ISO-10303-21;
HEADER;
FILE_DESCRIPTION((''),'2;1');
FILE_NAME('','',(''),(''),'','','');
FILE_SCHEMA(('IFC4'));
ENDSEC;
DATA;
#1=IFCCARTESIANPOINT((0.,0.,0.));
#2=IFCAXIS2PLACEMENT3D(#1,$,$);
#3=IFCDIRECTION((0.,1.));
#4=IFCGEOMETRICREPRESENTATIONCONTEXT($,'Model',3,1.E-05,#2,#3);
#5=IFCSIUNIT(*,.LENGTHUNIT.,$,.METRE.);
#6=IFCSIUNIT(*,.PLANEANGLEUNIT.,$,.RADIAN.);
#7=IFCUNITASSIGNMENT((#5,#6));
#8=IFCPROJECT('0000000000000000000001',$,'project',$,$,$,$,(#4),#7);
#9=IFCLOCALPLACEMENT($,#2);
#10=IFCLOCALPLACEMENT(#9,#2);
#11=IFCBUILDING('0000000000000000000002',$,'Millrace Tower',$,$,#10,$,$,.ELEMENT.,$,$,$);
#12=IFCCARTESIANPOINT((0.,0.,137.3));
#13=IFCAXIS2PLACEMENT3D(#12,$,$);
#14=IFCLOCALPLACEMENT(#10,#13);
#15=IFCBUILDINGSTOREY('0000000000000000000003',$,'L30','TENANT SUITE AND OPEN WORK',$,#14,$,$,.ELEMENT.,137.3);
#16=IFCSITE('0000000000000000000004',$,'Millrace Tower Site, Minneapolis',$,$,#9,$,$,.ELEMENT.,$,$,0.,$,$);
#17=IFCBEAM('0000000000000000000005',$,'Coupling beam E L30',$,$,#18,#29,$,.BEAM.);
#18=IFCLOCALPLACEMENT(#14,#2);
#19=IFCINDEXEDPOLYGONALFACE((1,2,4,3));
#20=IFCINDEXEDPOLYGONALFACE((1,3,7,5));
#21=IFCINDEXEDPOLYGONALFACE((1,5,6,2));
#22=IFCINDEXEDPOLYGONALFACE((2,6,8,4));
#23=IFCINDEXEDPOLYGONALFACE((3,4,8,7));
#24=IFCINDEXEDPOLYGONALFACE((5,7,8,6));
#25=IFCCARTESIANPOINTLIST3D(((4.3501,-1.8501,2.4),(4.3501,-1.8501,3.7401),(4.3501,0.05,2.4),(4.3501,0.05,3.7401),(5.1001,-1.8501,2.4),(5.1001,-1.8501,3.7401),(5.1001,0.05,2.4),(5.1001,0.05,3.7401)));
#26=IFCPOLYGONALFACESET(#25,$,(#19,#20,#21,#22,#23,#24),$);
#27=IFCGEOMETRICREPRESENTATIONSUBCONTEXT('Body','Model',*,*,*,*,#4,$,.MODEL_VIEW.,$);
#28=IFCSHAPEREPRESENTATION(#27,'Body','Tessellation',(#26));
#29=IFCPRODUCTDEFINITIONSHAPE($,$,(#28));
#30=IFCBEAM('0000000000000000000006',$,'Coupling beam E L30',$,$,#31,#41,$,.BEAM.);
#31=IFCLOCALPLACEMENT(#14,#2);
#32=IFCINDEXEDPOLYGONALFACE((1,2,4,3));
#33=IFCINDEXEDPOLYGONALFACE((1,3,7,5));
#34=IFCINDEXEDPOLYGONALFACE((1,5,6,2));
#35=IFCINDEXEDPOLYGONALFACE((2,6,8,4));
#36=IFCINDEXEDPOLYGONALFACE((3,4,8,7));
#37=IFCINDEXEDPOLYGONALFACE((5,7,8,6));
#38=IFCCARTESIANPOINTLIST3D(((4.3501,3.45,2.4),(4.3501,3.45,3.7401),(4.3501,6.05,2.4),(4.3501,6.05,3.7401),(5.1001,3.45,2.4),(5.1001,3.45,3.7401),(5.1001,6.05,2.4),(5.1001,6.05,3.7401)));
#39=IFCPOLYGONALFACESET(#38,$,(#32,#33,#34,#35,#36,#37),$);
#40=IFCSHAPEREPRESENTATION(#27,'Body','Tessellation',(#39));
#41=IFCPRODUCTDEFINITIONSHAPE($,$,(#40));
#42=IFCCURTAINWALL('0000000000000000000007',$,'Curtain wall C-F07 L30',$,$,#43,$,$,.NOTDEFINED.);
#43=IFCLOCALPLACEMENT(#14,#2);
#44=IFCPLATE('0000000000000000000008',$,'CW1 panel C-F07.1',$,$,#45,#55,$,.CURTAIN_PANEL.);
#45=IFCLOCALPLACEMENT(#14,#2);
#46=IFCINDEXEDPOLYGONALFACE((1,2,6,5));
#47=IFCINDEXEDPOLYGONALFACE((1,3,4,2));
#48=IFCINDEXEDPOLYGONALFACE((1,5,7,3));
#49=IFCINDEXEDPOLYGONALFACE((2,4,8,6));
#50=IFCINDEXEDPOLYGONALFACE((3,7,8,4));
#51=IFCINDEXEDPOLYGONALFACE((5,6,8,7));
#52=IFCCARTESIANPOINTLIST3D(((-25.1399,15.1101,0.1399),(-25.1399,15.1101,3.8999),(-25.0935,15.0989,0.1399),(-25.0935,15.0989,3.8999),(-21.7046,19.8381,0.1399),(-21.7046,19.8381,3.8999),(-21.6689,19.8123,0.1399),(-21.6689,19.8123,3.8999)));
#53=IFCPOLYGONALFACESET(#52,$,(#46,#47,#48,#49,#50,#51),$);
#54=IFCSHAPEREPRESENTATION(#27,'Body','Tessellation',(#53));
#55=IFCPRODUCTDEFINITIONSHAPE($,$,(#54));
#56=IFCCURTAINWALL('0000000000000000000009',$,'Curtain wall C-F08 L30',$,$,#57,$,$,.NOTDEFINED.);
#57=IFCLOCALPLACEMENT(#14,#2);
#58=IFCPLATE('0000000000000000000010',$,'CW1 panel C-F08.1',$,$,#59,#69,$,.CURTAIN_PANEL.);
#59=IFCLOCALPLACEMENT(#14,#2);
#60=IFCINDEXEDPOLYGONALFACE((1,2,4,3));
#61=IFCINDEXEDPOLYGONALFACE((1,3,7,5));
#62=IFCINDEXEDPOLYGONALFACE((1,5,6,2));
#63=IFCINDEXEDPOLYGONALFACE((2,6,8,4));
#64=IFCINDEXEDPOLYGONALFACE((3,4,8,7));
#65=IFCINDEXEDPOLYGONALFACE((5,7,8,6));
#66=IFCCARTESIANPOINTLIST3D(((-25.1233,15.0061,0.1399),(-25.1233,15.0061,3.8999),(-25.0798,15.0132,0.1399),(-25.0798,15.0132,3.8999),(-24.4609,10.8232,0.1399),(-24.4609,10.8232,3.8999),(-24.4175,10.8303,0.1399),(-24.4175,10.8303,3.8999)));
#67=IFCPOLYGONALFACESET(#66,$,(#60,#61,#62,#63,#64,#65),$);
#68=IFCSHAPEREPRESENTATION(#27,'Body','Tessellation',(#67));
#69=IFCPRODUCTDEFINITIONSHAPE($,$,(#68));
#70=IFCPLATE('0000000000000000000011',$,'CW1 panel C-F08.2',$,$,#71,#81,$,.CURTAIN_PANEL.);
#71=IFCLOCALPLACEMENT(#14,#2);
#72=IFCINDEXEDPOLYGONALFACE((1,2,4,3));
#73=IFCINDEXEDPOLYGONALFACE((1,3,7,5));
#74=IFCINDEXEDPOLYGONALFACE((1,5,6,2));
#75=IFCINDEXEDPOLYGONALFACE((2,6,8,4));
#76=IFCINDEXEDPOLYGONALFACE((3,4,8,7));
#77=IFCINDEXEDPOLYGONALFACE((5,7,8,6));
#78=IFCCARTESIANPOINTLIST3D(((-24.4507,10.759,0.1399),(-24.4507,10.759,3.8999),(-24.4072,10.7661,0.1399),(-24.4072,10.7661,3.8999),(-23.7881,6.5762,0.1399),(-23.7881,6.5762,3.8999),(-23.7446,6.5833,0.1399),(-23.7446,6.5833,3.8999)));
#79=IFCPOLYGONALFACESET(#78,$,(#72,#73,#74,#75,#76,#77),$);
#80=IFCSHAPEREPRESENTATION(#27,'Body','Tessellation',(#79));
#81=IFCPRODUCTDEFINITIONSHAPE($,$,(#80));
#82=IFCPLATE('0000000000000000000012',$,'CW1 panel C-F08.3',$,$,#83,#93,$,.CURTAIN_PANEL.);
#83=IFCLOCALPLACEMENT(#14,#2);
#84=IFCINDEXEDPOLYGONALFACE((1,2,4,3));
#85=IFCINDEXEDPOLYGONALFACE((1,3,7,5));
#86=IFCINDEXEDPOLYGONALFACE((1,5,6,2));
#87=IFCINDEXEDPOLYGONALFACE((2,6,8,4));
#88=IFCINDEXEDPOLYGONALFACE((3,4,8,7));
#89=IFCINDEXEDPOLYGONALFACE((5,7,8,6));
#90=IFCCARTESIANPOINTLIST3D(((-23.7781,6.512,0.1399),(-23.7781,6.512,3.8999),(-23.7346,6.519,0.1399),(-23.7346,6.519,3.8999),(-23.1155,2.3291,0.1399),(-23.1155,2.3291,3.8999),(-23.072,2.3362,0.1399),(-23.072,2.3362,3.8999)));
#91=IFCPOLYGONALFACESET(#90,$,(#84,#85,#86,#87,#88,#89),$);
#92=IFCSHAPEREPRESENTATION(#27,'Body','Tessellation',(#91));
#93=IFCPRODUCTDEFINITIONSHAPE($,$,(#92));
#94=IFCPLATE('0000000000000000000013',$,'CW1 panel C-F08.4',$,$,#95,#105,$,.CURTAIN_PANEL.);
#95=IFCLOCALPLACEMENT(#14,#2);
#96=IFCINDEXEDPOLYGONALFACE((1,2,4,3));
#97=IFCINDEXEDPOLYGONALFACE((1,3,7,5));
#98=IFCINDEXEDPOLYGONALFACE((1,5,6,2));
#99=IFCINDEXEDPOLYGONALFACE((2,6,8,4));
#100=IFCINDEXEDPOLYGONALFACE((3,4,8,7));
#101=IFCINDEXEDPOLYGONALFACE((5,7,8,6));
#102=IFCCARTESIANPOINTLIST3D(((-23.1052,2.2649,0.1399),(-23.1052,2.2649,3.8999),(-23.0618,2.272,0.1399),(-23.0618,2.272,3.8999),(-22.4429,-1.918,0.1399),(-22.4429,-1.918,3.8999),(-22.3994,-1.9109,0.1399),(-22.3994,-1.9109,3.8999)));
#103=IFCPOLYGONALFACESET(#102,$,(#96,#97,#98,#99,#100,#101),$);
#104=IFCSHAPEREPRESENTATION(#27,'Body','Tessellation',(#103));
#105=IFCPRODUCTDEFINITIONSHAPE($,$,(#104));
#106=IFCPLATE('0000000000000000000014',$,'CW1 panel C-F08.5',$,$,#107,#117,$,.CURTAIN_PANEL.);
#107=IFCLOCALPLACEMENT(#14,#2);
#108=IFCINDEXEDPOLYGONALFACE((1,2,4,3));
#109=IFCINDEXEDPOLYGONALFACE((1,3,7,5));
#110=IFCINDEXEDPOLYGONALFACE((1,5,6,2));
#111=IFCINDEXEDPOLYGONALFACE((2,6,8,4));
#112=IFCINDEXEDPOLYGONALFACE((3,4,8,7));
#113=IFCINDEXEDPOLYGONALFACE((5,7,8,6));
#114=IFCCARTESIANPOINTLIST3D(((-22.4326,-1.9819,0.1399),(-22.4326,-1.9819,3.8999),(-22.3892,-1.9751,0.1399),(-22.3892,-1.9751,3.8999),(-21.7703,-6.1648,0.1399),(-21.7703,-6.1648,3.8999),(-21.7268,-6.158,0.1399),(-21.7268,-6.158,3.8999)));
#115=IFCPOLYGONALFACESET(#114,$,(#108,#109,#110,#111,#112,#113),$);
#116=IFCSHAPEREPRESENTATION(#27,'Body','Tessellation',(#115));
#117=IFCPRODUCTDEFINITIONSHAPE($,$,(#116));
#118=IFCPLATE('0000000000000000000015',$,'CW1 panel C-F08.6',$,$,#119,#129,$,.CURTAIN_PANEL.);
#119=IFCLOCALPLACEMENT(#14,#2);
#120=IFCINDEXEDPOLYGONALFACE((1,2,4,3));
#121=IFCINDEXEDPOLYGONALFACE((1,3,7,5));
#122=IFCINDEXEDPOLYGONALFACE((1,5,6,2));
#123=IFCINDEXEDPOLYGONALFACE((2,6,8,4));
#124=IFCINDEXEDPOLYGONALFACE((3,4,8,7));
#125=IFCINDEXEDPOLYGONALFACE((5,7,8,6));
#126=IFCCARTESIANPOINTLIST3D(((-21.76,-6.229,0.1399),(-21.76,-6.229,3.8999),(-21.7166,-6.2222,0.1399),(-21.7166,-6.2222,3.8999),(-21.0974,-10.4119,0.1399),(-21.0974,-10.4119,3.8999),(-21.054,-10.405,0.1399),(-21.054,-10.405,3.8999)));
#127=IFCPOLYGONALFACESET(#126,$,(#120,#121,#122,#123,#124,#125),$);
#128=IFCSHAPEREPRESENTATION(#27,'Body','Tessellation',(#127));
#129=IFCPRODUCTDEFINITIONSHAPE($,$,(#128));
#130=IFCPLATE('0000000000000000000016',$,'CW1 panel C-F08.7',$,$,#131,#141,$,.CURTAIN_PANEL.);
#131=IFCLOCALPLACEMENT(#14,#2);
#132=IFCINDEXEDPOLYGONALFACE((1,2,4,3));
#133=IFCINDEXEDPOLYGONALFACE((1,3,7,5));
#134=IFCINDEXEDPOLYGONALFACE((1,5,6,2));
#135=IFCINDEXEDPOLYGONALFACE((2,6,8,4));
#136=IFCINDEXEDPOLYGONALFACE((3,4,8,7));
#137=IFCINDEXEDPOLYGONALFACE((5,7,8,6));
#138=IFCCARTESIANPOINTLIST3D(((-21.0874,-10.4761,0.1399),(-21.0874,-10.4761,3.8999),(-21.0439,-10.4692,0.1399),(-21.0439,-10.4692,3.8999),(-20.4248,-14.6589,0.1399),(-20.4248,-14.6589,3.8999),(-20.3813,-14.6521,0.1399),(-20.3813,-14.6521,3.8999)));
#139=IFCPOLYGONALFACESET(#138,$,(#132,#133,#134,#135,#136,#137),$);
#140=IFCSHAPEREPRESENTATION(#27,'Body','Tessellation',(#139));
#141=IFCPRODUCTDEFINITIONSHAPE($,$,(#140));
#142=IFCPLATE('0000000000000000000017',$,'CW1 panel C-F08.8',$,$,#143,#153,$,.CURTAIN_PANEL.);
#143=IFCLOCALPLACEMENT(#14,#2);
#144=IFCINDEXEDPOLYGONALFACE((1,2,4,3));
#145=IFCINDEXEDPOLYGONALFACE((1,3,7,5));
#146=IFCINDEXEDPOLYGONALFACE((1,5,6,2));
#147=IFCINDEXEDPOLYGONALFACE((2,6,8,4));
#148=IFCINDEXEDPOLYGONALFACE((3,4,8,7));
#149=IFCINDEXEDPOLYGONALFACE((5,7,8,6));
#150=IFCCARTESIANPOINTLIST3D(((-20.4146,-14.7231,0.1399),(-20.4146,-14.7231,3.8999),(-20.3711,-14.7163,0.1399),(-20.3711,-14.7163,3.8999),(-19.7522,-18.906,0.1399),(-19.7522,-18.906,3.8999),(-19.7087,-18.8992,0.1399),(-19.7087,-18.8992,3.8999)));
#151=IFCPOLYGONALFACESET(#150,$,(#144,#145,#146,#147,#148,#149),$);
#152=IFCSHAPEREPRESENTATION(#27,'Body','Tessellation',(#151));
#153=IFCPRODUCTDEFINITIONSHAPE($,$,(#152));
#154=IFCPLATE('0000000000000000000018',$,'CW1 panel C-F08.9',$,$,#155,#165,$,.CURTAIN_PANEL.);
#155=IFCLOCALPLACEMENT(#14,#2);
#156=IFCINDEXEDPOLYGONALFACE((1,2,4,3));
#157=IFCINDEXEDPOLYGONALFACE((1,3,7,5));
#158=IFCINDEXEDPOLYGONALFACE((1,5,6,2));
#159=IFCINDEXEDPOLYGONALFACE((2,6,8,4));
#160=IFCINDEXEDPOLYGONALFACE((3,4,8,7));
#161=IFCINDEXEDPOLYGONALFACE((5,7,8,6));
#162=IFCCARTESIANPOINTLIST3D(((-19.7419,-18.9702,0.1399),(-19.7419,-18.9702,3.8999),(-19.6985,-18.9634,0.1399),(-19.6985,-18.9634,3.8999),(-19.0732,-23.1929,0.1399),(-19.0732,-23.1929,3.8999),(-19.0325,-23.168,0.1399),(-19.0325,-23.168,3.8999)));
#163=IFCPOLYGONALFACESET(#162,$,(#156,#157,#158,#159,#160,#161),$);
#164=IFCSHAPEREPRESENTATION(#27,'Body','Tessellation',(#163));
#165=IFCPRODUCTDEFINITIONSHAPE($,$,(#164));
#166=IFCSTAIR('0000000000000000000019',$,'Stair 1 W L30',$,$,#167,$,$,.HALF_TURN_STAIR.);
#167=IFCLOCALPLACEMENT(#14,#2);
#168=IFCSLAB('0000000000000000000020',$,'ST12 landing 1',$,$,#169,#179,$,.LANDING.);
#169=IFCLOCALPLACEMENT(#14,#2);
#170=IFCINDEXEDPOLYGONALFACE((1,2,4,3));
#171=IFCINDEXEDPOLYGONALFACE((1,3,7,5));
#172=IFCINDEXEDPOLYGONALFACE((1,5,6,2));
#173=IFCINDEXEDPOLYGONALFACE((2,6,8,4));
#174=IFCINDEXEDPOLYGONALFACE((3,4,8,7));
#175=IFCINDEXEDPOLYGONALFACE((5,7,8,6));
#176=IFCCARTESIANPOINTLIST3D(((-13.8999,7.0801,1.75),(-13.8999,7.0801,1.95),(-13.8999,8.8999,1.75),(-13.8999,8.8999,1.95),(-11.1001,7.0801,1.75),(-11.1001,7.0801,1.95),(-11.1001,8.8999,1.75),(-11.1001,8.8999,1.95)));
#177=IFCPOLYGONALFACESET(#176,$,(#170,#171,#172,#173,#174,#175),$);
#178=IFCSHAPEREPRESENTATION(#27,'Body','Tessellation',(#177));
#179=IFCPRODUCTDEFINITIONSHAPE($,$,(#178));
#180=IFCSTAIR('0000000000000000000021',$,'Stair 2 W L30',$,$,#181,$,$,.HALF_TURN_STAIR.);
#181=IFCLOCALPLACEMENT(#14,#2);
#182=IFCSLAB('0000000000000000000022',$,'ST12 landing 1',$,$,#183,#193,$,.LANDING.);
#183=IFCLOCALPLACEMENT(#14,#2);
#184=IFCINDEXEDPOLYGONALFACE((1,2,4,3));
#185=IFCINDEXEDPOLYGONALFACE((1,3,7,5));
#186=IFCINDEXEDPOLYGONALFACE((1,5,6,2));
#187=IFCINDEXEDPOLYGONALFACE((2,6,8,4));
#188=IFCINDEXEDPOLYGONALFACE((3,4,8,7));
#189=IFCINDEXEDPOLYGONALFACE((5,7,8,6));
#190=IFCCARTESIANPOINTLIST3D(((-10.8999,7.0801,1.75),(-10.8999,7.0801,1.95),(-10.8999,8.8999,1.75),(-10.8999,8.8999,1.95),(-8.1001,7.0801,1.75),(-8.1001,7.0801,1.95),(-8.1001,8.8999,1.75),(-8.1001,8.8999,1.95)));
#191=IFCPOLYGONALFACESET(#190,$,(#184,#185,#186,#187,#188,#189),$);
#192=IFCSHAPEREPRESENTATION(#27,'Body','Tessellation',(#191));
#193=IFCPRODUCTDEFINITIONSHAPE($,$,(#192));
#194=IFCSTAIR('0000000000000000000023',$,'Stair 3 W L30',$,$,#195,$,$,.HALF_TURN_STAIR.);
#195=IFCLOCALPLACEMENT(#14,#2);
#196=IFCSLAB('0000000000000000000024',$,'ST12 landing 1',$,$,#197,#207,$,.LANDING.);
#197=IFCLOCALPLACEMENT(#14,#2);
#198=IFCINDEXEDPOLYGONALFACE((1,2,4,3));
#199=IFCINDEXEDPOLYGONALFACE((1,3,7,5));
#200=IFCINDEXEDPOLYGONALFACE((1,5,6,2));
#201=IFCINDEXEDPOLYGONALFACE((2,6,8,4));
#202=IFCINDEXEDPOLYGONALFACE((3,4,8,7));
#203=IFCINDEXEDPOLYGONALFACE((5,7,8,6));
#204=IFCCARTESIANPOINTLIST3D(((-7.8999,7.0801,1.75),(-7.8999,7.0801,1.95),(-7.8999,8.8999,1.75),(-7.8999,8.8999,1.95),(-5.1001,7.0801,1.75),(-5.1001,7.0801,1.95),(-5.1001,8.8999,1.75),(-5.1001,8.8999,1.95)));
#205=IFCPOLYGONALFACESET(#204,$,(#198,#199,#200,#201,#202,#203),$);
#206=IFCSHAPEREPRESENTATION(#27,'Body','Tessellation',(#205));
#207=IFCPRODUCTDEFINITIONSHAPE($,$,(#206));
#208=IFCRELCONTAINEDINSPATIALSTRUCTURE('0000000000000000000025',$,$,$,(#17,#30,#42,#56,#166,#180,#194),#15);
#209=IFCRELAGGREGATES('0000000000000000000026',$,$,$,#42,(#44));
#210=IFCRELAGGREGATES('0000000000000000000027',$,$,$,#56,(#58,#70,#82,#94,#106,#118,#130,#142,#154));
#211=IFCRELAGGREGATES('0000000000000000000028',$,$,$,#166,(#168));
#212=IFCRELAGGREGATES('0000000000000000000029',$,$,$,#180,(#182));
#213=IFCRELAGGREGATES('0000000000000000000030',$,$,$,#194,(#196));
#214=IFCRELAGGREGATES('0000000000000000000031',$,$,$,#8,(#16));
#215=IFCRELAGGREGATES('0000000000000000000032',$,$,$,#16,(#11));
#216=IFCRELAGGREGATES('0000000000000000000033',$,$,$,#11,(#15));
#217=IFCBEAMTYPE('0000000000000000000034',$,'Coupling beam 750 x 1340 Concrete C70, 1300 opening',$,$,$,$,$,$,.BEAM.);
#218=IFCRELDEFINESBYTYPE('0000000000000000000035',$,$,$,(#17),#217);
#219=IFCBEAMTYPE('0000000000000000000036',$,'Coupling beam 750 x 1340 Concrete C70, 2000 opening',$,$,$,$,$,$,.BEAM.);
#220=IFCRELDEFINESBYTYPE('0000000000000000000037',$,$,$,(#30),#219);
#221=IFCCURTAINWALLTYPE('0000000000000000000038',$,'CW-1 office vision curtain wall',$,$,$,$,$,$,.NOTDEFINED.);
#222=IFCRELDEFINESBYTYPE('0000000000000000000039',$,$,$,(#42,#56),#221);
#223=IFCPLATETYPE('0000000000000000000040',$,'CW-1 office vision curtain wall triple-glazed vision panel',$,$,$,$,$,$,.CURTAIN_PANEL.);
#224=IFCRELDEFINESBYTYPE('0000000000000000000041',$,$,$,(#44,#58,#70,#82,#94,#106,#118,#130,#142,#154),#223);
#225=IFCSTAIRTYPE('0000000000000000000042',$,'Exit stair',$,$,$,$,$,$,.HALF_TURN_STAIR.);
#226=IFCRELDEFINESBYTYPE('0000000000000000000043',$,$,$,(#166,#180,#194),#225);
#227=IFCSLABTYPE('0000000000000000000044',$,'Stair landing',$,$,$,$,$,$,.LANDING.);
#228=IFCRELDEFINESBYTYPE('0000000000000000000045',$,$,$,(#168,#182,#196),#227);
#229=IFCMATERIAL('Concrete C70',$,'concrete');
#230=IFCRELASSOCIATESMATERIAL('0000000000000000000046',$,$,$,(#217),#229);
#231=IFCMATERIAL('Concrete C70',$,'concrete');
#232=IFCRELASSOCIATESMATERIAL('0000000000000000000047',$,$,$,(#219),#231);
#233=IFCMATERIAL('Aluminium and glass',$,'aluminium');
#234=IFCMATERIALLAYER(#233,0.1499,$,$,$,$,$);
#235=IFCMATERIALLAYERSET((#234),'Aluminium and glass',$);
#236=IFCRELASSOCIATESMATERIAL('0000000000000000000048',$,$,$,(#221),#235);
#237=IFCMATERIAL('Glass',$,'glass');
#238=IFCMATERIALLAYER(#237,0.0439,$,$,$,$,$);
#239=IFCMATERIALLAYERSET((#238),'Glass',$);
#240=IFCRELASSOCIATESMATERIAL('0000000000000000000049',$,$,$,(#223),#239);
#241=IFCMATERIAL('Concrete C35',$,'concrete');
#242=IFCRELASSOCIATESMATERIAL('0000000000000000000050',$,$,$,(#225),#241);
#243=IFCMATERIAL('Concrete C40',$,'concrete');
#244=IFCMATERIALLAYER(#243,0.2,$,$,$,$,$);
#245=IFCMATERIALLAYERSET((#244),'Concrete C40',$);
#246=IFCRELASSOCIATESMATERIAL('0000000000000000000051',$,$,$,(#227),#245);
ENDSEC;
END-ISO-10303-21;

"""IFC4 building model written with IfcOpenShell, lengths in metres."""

from ifc_helpers import new_model, si_unit, direction, frame, origin, origin_2d, place, context, subcontext, project, spatial, polyline, rectangle, outline, extrude, material, layer, layer_set, material_profile, profile_set, type_object, element, aggregate, save


model = new_model("IFC4")

# Units and contexts
model_context = context("Model", 3, precision=1e-05, world=origin(), true_north=direction((0.0, 1.0)))
body_context = subcontext(model_context, "Body", "Model", "MODEL_VIEW")
ifc_project = project(units=[si_unit("LENGTHUNIT", "METRE"), si_unit("PLANEANGLEUNIT", "RADIAN")], contexts=[model_context])

# Site, building, storey
site_placement = place(None, origin())
site = spatial("IfcSite", under=ifc_project, at=site_placement, Name="Millrace Tower Site, Minneapolis", CompositionType="ELEMENT", RefElevation=0.0)
building_placement = place(site_placement, origin())
building = spatial("IfcBuilding", under=site, at=building_placement, Name="Millrace Tower", CompositionType="ELEMENT")
storey_placement = place(building_placement, frame((0.0, 0.0, 137.3)))
storey = spatial("IfcBuildingStorey", under=building, at=storey_placement, Name="L30", Description="TENANT SUITE AND OPEN WORK", CompositionType="ELEMENT", Elevation=137.3)

# Beams
ifc_material_1 = material(Name="Concrete C70", Category="concrete")
ifc_material_profile_1 = material_profile(ifc_material_1, rectangle(XDim=0.75, YDim=1.3401, at=origin_2d()))
ifc_profile_set_1 = profile_set([ifc_material_profile_1], Name="Concrete C70")
beam_type_1 = type_object("IfcBeamType", Name="Coupling beam 750 x 1340 Concrete C70, 1300 opening", PredefinedType="BEAM", material=ifc_profile_set_1)
beam_1_placement = place(storey_placement, frame((4.7251, 0.05, 3.0701), z_axis=(0.0, -1.0, 0.0), x_axis=(1.0, 0.0, 0.0)))
element("IfcBeam", 1, at=beam_1_placement, inside=storey, type_object=beam_type_1, Name="Coupling beam E L30", PredefinedType="BEAM", context=body_context, shape_type="SweptSolid", body=[
    extrude(rectangle(XDim=0.75, YDim=1.3401, at=origin_2d()), origin(), (0.0, 0.0, 1.0), 1.9001),
])
ifc_material_2 = material(Name="Concrete C70", Category="concrete")
ifc_material_profile_2 = material_profile(ifc_material_2, rectangle(XDim=0.75, YDim=1.3401, at=origin_2d()))
ifc_profile_set_2 = profile_set([ifc_material_profile_2], Name="Concrete C70")
beam_type_2 = type_object("IfcBeamType", Name="Coupling beam 750 x 1340 Concrete C70, 2000 opening", PredefinedType="BEAM", material=ifc_profile_set_2)
beam_2_placement = place(storey_placement, frame((4.7251, 6.05, 3.0701), z_axis=(0.0, -1.0, 0.0), x_axis=(1.0, 0.0, 0.0)))
element("IfcBeam", 2, at=beam_2_placement, inside=storey, type_object=beam_type_2, Name="Coupling beam E L30", PredefinedType="BEAM", context=body_context, shape_type="SweptSolid", body=[
    extrude(rectangle(XDim=0.75, YDim=1.3401, at=origin_2d()), origin(), (0.0, 0.0, 1.0), 2.6001),
])

# Curtain wall, plate
ifc_material_3 = material(Name="Aluminium and glass", Category="aluminium")
ifc_layer_1 = layer(ifc_material_3, 0.1499)
ifc_layer_set_1 = layer_set([ifc_layer_1], Name="Aluminium and glass")
curtain_wall_type = type_object("IfcCurtainWallType", Name="CW-1 office vision curtain wall", PredefinedType="NOTDEFINED", material=ifc_layer_set_1)
placement_1 = place(storey_placement, origin())
curtain_wall_1 = element("IfcCurtainWall", 3, at=placement_1, inside=storey, type_object=curtain_wall_type, Name="Curtain wall C-F07 L30", PredefinedType="NOTDEFINED")
ifc_material_4 = material(Name="Glass", Category="glass")
ifc_layer_2 = layer(ifc_material_4, 0.0439)
ifc_layer_set_2 = layer_set([ifc_layer_2], Name="Glass")
plate_type = type_object("IfcPlateType", Name="CW-1 office vision curtain wall triple-glazed vision panel", PredefinedType="CURTAIN_PANEL", material=ifc_layer_set_2)
placement_2 = place(storey_placement, frame((0.0, 0.0, 0.1399)))
plate_1 = element("IfcPlate", 4, at=placement_2, type_object=plate_type, Name="CW1 panel C-F07.1", PredefinedType="CURTAIN_PANEL", context=body_context, shape_type="SweptSolid", body=[
    extrude(outline(polyline([(-21.7046, 19.8381), (-25.1399, 15.1101), (-25.0935, 15.0989), (-21.6689, 19.8123), (-21.7046, 19.8381)])), origin(), (0.0, 0.0, 1.0), 3.76),
])
aggregate(curtain_wall_1, [plate_1])

# Curtain wall, plates
curtain_wall_2 = element("IfcCurtainWall", 5, at=placement_1, inside=storey, type_object=curtain_wall_type, Name="Curtain wall C-F08 L30", PredefinedType="NOTDEFINED")
plate_2 = element("IfcPlate", 6, at=placement_2, type_object=plate_type, Name="CW1 panel C-F08.1", PredefinedType="CURTAIN_PANEL", context=body_context, shape_type="SweptSolid", body=[
    extrude(outline(polyline([(-25.1233, 15.0061), (-24.4609, 10.8232), (-24.4175, 10.8303), (-25.0798, 15.0132), (-25.1233, 15.0061)])), origin(), (0.0, 0.0, 1.0), 3.76),
])
plate_3 = element("IfcPlate", 7, at=placement_2, type_object=plate_type, Name="CW1 panel C-F08.2", PredefinedType="CURTAIN_PANEL", context=body_context, shape_type="SweptSolid", body=[
    extrude(outline(polyline([(-24.4507, 10.759), (-23.7881, 6.5762), (-23.7446, 6.5833), (-24.4072, 10.7661), (-24.4507, 10.759)])), origin(), (0.0, 0.0, 1.0), 3.76),
])
plate_4 = element("IfcPlate", 8, at=placement_2, type_object=plate_type, Name="CW1 panel C-F08.3", PredefinedType="CURTAIN_PANEL", context=body_context, shape_type="SweptSolid", body=[
    extrude(outline(polyline([(-23.7781, 6.512), (-23.1155, 2.3291), (-23.072, 2.3362), (-23.7346, 6.519), (-23.7781, 6.512)])), origin(), (0.0, 0.0, 1.0), 3.76),
])
plate_5 = element("IfcPlate", 9, at=placement_2, type_object=plate_type, Name="CW1 panel C-F08.4", PredefinedType="CURTAIN_PANEL", context=body_context, shape_type="SweptSolid", body=[
    extrude(outline(polyline([(-23.1052, 2.2649), (-22.4429, -1.918), (-22.3994, -1.9109), (-23.0618, 2.272), (-23.1052, 2.2649)])), origin(), (0.0, 0.0, 1.0), 3.76),
])
plate_6 = element("IfcPlate", 10, at=placement_2, type_object=plate_type, Name="CW1 panel C-F08.5", PredefinedType="CURTAIN_PANEL", context=body_context, shape_type="SweptSolid", body=[
    extrude(outline(polyline([(-22.4326, -1.9819), (-21.7703, -6.1648), (-21.7268, -6.158), (-22.3892, -1.9751), (-22.4326, -1.9819)])), origin(), (0.0, 0.0, 1.0), 3.76),
])
plate_7 = element("IfcPlate", 11, at=placement_2, type_object=plate_type, Name="CW1 panel C-F08.6", PredefinedType="CURTAIN_PANEL", context=body_context, shape_type="SweptSolid", body=[
    extrude(outline(polyline([(-21.76, -6.229), (-21.0974, -10.4119), (-21.054, -10.405), (-21.7166, -6.2222), (-21.76, -6.229)])), origin(), (0.0, 0.0, 1.0), 3.76),
])
plate_8 = element("IfcPlate", 12, at=placement_2, type_object=plate_type, Name="CW1 panel C-F08.7", PredefinedType="CURTAIN_PANEL", context=body_context, shape_type="SweptSolid", body=[
    extrude(outline(polyline([(-21.0874, -10.4761), (-20.4248, -14.6589), (-20.3813, -14.6521), (-21.0439, -10.4692), (-21.0874, -10.4761)])), origin(), (0.0, 0.0, 1.0), 3.76),
])
plate_9 = element("IfcPlate", 13, at=placement_2, type_object=plate_type, Name="CW1 panel C-F08.8", PredefinedType="CURTAIN_PANEL", context=body_context, shape_type="SweptSolid", body=[
    extrude(outline(polyline([(-20.4146, -14.7231), (-19.7522, -18.906), (-19.7087, -18.8992), (-20.3711, -14.7163), (-20.4146, -14.7231)])), origin(), (0.0, 0.0, 1.0), 3.76),
])
plate_10 = element("IfcPlate", 14, at=placement_2, type_object=plate_type, Name="CW1 panel C-F08.9", PredefinedType="CURTAIN_PANEL", context=body_context, shape_type="SweptSolid", body=[
    extrude(outline(polyline([(-19.7419, -18.9702), (-19.0732, -23.1929), (-19.0325, -23.168), (-19.6985, -18.9634), (-19.7419, -18.9702)])), origin(), (0.0, 0.0, 1.0), 3.76),
])
aggregate(curtain_wall_2, [plate_2, plate_3, plate_4, plate_5, plate_6, plate_7, plate_8, plate_9, plate_10])

# Stairs, slabs
ifc_material_5 = material(Name="Concrete C35", Category="concrete")
stair_type = type_object("IfcStairType", Name="Exit stair", PredefinedType="HALF_TURN_STAIR", material=ifc_material_5)
stair_1 = element("IfcStair", 15, at=placement_1, inside=storey, type_object=stair_type, Name="Stair 1 W L30", PredefinedType="HALF_TURN_STAIR")
ifc_material_6 = material(Name="Concrete C40", Category="concrete")
ifc_layer_3 = layer(ifc_material_6, 0.2)
ifc_layer_set_3 = layer_set([ifc_layer_3], Name="Concrete C40")
slab_type = type_object("IfcSlabType", Name="Stair landing", PredefinedType="LANDING", material=ifc_layer_set_3)
placement_3 = place(storey_placement, frame((0.0, 0.0, 1.75)))
slab_1 = element("IfcSlab", 16, at=placement_3, type_object=slab_type, Name="ST12 landing 1", PredefinedType="LANDING", context=body_context, shape_type="SweptSolid", body=[
    extrude(outline(polyline([(-13.8999, 7.0801), (-11.1001, 7.0801), (-11.1001, 8.8999), (-13.8999, 8.8999), (-13.8999, 7.0801)])), origin(), (0.0, 0.0, 1.0), 0.2),
])
aggregate(stair_1, [slab_1])
stair_2 = element("IfcStair", 17, at=placement_1, inside=storey, type_object=stair_type, Name="Stair 2 W L30", PredefinedType="HALF_TURN_STAIR")
slab_2 = element("IfcSlab", 18, at=placement_3, type_object=slab_type, Name="ST12 landing 1", PredefinedType="LANDING", context=body_context, shape_type="SweptSolid", body=[
    extrude(outline(polyline([(-10.8999, 7.0801), (-8.1001, 7.0801), (-8.1001, 8.8999), (-10.8999, 8.8999), (-10.8999, 7.0801)])), origin(), (0.0, 0.0, 1.0), 0.2),
])
aggregate(stair_2, [slab_2])
stair_3 = element("IfcStair", 19, at=placement_1, inside=storey, type_object=stair_type, Name="Stair 3 W L30", PredefinedType="HALF_TURN_STAIR")
slab_3 = element("IfcSlab", 20, at=placement_3, type_object=slab_type, Name="ST12 landing 1", PredefinedType="LANDING", context=body_context, shape_type="SweptSolid", body=[
    extrude(outline(polyline([(-7.8999, 7.0801), (-5.1001, 7.0801), (-5.1001, 8.8999), (-7.8999, 8.8999), (-7.8999, 7.0801)])), origin(), (0.0, 0.0, 1.0), 0.2),
])
aggregate(stair_3, [slab_3])

save(model, "model.ifc")
